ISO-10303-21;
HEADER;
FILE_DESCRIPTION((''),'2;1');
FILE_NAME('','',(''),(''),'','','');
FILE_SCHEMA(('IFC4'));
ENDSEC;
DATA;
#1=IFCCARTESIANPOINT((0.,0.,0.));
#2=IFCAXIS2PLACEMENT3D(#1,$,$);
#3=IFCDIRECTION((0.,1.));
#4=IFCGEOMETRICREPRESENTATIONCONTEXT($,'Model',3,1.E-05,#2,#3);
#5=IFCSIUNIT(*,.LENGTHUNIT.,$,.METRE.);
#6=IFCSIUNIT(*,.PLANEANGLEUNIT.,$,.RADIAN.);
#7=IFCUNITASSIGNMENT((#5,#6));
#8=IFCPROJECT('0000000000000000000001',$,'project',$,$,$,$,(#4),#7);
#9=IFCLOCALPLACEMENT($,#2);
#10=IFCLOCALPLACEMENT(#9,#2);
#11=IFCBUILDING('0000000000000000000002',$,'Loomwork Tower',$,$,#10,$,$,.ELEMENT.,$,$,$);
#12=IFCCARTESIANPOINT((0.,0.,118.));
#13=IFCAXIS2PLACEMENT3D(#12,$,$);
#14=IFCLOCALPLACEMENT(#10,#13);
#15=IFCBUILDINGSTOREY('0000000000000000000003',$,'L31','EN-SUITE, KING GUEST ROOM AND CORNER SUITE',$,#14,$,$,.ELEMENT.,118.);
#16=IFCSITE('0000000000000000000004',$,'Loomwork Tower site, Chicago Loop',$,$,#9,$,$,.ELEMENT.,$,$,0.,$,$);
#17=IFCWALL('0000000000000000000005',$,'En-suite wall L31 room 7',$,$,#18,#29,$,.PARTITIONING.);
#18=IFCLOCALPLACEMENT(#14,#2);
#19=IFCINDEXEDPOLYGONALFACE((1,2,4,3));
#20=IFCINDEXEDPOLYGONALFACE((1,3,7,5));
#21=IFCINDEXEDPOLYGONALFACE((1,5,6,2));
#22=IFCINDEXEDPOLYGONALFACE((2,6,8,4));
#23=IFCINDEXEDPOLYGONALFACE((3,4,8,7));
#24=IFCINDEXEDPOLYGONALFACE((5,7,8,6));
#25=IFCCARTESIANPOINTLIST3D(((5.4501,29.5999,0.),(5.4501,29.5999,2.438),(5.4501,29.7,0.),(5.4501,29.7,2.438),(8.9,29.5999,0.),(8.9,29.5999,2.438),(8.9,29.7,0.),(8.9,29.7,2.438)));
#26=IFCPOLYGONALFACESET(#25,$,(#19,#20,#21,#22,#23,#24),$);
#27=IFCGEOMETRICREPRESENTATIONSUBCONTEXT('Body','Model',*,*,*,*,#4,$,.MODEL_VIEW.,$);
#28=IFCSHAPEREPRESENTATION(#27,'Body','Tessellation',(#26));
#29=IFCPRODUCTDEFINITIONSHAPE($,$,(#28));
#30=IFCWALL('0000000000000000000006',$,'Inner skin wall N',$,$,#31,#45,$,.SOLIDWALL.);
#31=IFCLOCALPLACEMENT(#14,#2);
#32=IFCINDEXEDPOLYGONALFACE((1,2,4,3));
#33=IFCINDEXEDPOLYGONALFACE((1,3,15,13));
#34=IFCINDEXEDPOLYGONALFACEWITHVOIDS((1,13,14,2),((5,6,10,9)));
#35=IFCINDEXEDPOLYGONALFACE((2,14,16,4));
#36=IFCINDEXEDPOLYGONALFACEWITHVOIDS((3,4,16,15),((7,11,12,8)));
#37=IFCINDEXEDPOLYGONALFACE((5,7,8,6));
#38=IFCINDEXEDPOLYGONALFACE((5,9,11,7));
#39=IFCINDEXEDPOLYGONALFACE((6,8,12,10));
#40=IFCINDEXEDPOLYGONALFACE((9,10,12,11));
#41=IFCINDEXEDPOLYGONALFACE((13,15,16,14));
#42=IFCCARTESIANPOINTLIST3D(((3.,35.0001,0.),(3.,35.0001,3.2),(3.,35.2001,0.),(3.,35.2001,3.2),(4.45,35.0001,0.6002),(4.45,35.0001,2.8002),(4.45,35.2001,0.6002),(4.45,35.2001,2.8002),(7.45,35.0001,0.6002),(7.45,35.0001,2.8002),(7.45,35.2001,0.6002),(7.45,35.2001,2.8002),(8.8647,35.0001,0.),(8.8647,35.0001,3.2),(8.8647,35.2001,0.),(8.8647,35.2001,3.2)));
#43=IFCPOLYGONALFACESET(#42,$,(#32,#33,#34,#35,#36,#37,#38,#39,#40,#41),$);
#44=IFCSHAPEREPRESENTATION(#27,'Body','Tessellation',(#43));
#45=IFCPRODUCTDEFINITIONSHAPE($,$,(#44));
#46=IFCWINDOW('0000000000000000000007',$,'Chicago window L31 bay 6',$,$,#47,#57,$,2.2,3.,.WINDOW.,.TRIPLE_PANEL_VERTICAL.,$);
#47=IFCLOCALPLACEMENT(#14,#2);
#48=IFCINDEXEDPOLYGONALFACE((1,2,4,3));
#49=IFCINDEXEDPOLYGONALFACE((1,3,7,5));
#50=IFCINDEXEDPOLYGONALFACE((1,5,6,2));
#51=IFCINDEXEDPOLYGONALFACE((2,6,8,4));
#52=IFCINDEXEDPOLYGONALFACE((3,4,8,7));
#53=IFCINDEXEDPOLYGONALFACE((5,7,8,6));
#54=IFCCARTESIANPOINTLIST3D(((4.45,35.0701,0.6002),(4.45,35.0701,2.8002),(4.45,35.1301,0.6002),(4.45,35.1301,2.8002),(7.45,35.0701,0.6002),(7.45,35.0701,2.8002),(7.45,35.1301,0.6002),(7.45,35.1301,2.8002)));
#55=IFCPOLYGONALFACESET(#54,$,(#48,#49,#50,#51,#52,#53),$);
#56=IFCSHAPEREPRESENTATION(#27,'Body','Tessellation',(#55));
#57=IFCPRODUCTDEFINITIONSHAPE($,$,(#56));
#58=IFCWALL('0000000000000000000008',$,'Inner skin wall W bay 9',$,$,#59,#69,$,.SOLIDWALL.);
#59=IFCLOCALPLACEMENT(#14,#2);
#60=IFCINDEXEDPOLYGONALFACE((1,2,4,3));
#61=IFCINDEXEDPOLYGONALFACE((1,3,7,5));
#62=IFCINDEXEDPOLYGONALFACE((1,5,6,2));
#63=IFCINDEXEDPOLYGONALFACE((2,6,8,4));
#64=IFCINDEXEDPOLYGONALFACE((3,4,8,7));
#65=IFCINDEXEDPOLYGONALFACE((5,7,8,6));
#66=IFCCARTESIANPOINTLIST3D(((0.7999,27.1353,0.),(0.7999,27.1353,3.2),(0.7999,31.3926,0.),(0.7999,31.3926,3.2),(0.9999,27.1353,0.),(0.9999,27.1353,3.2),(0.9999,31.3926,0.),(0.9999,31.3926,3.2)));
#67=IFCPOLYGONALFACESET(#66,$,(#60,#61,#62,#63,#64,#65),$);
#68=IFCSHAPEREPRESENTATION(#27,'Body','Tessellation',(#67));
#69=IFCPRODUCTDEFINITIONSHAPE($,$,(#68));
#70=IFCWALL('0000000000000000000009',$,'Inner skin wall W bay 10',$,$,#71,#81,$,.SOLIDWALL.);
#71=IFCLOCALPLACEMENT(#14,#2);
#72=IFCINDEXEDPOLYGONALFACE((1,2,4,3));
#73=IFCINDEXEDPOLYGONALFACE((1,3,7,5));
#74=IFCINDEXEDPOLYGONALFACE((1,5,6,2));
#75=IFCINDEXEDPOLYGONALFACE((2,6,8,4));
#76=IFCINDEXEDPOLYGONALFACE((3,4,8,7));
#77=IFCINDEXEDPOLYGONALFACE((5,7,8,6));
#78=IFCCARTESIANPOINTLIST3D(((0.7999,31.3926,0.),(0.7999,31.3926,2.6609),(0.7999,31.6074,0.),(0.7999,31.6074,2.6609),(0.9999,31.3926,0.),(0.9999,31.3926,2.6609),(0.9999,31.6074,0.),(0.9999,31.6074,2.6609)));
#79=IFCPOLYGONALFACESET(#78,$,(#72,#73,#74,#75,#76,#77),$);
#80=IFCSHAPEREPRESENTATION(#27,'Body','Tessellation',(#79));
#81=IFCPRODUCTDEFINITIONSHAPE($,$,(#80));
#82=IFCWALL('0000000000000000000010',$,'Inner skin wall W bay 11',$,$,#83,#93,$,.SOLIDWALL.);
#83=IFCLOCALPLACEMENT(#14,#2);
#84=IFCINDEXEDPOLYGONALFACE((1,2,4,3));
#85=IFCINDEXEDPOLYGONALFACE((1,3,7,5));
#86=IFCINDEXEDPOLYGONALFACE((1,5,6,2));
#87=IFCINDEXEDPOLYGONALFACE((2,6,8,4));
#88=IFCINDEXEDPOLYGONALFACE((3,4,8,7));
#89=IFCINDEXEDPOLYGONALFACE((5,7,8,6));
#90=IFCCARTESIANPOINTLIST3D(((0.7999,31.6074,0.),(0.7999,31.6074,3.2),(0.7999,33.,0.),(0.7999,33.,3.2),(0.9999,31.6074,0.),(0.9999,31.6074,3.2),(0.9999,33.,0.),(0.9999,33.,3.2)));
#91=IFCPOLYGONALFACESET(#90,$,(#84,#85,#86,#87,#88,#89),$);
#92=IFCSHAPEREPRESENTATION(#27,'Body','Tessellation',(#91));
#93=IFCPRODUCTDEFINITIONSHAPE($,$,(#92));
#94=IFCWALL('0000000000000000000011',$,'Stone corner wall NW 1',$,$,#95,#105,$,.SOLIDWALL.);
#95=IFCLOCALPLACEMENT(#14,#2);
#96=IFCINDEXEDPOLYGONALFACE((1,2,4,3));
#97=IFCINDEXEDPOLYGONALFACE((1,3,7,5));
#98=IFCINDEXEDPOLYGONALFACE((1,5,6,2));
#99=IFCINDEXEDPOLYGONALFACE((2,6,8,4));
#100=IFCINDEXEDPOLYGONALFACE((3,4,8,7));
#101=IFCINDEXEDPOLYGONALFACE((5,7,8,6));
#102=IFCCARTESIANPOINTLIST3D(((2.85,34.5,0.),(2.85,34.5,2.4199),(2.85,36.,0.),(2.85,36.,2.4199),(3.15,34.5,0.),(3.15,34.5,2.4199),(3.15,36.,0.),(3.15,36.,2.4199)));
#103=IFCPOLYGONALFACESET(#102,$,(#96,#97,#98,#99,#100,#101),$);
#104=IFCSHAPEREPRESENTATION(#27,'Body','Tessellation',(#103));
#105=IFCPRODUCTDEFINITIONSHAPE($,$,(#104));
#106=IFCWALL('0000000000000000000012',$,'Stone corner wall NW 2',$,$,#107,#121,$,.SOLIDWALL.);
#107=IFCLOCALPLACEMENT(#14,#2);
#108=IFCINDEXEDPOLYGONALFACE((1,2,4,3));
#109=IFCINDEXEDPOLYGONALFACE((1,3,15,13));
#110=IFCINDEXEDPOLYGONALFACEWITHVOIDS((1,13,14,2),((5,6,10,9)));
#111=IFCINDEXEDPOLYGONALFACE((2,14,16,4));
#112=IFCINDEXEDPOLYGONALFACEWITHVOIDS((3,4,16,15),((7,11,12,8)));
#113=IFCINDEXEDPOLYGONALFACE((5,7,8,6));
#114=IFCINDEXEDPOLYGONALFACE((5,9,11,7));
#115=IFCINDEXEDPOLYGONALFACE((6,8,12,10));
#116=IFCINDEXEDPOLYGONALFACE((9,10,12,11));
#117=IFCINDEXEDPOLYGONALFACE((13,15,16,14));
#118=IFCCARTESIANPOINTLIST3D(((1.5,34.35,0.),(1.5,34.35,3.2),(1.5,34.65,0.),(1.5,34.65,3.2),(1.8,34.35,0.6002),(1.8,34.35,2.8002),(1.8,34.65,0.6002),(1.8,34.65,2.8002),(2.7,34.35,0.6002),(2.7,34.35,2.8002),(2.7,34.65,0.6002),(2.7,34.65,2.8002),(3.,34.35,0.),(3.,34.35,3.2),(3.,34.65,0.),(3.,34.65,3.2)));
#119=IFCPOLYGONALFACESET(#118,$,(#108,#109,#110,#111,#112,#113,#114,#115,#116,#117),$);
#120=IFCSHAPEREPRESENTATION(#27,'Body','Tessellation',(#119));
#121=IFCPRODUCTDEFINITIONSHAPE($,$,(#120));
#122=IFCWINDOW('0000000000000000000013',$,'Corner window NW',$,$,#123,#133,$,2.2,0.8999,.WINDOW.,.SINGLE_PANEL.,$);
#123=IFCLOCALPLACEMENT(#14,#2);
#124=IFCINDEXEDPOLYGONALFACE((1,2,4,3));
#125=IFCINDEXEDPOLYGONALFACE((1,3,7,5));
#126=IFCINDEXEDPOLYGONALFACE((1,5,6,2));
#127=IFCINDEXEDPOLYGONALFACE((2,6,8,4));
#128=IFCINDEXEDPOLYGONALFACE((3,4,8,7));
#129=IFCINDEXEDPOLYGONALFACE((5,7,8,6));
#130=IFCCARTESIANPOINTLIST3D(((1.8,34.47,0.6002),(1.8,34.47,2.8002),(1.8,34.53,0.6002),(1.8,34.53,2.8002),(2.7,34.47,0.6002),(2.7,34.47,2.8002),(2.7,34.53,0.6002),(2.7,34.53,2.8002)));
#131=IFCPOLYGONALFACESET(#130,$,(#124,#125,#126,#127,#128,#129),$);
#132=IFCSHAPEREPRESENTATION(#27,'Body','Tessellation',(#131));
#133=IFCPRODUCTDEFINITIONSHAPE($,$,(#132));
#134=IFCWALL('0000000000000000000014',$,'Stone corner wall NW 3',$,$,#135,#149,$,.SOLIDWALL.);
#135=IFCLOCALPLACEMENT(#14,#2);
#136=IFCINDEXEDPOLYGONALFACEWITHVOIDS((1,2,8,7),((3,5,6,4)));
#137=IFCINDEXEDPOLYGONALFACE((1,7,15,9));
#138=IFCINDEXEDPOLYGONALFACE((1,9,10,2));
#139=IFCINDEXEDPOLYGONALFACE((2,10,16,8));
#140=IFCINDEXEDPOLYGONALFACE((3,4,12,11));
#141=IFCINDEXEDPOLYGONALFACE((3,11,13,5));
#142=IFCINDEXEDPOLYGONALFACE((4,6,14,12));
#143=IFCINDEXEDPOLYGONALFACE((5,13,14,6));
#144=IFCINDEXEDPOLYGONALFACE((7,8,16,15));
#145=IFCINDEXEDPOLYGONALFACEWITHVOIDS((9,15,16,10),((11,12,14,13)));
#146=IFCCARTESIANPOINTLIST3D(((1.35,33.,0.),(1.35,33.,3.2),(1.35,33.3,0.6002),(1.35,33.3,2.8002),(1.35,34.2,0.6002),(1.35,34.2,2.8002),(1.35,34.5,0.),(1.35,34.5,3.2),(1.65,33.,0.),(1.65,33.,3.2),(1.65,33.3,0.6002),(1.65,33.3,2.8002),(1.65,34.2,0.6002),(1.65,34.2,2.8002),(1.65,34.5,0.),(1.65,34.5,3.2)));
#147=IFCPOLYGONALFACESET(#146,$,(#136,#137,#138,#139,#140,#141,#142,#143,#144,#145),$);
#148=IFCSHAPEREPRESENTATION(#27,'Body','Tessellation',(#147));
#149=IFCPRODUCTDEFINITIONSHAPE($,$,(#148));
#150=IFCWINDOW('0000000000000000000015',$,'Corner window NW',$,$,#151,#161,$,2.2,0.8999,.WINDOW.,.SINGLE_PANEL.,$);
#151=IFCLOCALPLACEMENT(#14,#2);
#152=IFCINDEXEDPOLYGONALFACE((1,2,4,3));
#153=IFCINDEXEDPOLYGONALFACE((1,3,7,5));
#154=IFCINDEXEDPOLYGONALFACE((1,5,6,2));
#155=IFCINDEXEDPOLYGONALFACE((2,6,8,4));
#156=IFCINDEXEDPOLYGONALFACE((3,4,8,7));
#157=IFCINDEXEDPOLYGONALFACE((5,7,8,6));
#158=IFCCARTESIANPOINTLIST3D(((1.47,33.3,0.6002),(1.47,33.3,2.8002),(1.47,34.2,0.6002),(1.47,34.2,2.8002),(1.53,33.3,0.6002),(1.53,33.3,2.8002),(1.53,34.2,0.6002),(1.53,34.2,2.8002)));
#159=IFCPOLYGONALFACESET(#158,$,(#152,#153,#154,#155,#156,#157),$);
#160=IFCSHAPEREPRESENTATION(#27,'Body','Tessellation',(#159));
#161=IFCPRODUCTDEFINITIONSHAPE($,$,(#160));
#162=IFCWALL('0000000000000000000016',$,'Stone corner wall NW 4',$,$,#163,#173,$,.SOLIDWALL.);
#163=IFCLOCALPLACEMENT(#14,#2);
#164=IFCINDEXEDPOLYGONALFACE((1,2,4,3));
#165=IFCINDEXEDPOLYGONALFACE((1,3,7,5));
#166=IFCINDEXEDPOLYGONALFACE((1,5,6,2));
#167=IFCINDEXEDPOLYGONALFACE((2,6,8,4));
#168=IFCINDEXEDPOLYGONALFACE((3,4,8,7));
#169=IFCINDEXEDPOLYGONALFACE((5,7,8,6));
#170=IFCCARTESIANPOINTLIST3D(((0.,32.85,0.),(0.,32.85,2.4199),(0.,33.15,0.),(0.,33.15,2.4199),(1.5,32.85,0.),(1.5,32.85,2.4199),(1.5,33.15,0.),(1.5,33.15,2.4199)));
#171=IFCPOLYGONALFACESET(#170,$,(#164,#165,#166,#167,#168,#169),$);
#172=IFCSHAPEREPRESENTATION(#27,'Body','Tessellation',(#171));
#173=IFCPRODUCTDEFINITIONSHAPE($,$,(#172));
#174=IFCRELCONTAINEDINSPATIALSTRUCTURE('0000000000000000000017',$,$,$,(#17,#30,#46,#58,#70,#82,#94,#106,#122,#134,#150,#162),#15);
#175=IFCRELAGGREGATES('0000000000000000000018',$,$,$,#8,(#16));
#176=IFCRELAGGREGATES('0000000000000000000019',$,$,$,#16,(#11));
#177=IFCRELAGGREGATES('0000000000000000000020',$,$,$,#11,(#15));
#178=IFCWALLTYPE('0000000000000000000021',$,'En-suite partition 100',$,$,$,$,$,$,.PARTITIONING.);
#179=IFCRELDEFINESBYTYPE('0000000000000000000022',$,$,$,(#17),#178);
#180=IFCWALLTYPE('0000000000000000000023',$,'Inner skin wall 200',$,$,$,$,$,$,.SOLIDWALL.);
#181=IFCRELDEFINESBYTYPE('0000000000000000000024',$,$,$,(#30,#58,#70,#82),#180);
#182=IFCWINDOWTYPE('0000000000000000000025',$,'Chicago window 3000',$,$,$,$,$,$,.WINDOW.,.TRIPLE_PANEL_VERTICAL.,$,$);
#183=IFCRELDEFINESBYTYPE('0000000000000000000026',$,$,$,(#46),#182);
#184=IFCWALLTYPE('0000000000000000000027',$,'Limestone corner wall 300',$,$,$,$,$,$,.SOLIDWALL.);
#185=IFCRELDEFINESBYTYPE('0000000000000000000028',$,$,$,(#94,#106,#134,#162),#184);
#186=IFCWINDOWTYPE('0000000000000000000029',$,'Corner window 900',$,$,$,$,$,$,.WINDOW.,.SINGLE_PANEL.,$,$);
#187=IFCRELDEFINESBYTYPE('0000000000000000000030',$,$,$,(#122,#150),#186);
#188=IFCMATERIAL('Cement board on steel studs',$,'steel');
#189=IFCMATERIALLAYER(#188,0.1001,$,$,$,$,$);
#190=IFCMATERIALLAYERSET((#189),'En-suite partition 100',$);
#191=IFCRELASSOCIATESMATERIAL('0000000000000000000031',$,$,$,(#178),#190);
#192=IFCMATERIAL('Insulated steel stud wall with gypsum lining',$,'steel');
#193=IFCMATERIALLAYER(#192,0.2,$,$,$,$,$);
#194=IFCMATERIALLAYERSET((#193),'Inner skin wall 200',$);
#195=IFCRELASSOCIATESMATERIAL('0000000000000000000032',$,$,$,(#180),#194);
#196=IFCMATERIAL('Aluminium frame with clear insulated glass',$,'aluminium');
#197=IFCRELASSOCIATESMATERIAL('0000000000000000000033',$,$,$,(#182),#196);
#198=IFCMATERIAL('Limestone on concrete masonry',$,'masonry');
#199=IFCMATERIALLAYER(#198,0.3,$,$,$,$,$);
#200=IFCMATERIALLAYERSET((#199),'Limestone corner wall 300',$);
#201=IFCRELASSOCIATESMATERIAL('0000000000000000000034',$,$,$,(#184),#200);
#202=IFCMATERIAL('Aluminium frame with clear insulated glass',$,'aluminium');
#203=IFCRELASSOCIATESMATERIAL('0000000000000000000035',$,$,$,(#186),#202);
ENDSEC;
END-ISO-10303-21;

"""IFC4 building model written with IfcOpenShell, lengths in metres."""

from ifc_helpers import new_model, si_unit, direction, frame, frame_2d, origin, place, context, subcontext, project, spatial, rectangle, extrude, material, layer, layer_set, type_object, element, fill, save


model = new_model("IFC4")

# Units and contexts
model_context = context("Model", 3, precision=1e-05, world=origin(), true_north=direction((0.0, 1.0)))
body_context = subcontext(model_context, "Body", "Model", "MODEL_VIEW")
ifc_project = project(units=[si_unit("LENGTHUNIT", "METRE"), si_unit("PLANEANGLEUNIT", "RADIAN")], contexts=[model_context])

# Site, building, storey
site_placement = place(None, origin())
site = spatial("IfcSite", under=ifc_project, at=site_placement, Name="Loomwork Tower site, Chicago Loop", CompositionType="ELEMENT", RefElevation=0.0)
building_placement = place(site_placement, origin())
building = spatial("IfcBuilding", under=site, at=building_placement, Name="Loomwork Tower", CompositionType="ELEMENT")
storey_placement = place(building_placement, frame((0.0, 0.0, 118.0)))
storey = spatial("IfcBuildingStorey", under=building, at=storey_placement, Name="L31", Description="EN-SUITE, KING GUEST ROOM AND CORNER SUITE", CompositionType="ELEMENT", Elevation=118.0)

# Wall
ifc_material_1 = material(Name="Cement board on steel studs", Category="steel")
ifc_layer_1 = layer(ifc_material_1, 0.1001)
ifc_layer_set_1 = layer_set([ifc_layer_1], Name="En-suite partition 100")
wall_type_1 = type_object("IfcWallType", Name="En-suite partition 100", PredefinedType="PARTITIONING", material=ifc_layer_set_1)
wall_1_placement = place(storey_placement, frame((5.45, 29.6499, 0.0), z_axis=(0.0, 0.0, 1.0), x_axis=(1.0, 0.0, 0.0)))
element("IfcWall", 1, at=wall_1_placement, inside=storey, type_object=wall_type_1, Name="En-suite wall L31 room 7", PredefinedType="PARTITIONING", context=body_context, shape_type="SweptSolid", body=[
    extrude(rectangle(XDim=3.45, YDim=0.1001, at=frame_2d((1.7251, 0.0))), origin(), (0.0, 0.0, 1.0), 2.438),
])

# Wall, opening, window
ifc_material_2 = material(Name="Insulated steel stud wall with gypsum lining", Category="steel")
ifc_layer_2 = layer(ifc_material_2, 0.2)
ifc_layer_set_2 = layer_set([ifc_layer_2], Name="Inner skin wall 200")
wall_type_2 = type_object("IfcWallType", Name="Inner skin wall 200", PredefinedType="SOLIDWALL", material=ifc_layer_set_2)
wall_2_placement = place(storey_placement, frame((3.0, 35.1001, 0.0), z_axis=(0.0, 0.0, 1.0), x_axis=(1.0, 0.0, 0.0)))
wall_2 = element("IfcWall", 2, at=wall_2_placement, inside=storey, type_object=wall_type_2, Name="Inner skin wall N", PredefinedType="SOLIDWALL", context=body_context, shape_type="SweptSolid", body=[
    extrude(rectangle(XDim=5.8647, YDim=0.2, at=frame_2d((2.9324, 0.0))), origin(), (0.0, 0.0, 1.0), 3.2),
])
opening_1_placement = place(wall_2_placement, frame((1.45, 0.0, 0.6001)))
opening_1 = element("IfcOpeningElement", 3, at=opening_1_placement, cuts=wall_2, PredefinedType="OPENING", context=body_context, shape_type="SweptSolid", body=[
    extrude(rectangle(XDim=3.0, YDim=2.2, at=frame_2d((1.5, 1.1001))), frame((0.0, 0.1099, 0.0), z_axis=(0.0, -1.0, 0.0), x_axis=(1.0, 0.0, 0.0)), (0.0, 0.0, 1.0), 0.22),
])
ifc_material_3 = material(Name="Aluminium frame with clear insulated glass", Category="aluminium")
window_type_1 = type_object("IfcWindowType", Name="Chicago window 3000", PartitioningType="TRIPLE_PANEL_VERTICAL", PredefinedType="WINDOW", material=ifc_material_3)
window_1_placement = place(opening_1_placement, origin())
window_1 = element("IfcWindow", 4, at=window_1_placement, inside=storey, type_object=window_type_1, Name="Chicago window L31 bay 6", OverallHeight=2.2, OverallWidth=3.0, PartitioningType="TRIPLE_PANEL_VERTICAL", PredefinedType="WINDOW", context=body_context, shape_type="SweptSolid", body=[
    extrude(rectangle(XDim=3.0, YDim=2.2, at=frame_2d((1.5, 1.1001))), frame((0.0, 0.03, 0.0), z_axis=(0.0, -1.0, 0.0), x_axis=(1.0, 0.0, 0.0)), (0.0, 0.0, 1.0), 0.0601),
])
fill(opening_1, window_1)

# Walls
wall_3_placement = place(storey_placement, frame((0.8999, 27.1353, 0.0), z_axis=(0.0, 0.0, 1.0), x_axis=(0.0, 1.0, 0.0)))
element("IfcWall", 5, at=wall_3_placement, inside=storey, type_object=wall_type_2, Name="Inner skin wall W bay 9", PredefinedType="SOLIDWALL", context=body_context, shape_type="SweptSolid", body=[
    extrude(rectangle(XDim=4.2573, YDim=0.2, at=frame_2d((2.1287, 0.0))), origin(), (0.0, 0.0, 1.0), 3.2),
])
wall_4_placement = place(storey_placement, frame((0.8999, 31.3926, 0.0), z_axis=(0.0, 0.0, 1.0), x_axis=(0.0, 1.0, 0.0)))
element("IfcWall", 6, at=wall_4_placement, inside=storey, type_object=wall_type_2, Name="Inner skin wall W bay 10", PredefinedType="SOLIDWALL", context=body_context, shape_type="SweptSolid", body=[
    extrude(rectangle(XDim=0.2148, YDim=0.2, at=frame_2d((0.1074, 0.0))), origin(), (0.0, 0.0, 1.0), 2.6609),
])
wall_5_placement = place(storey_placement, frame((0.8999, 31.6074, 0.0), z_axis=(0.0, 0.0, 1.0), x_axis=(0.0, 1.0, 0.0)))
element("IfcWall", 7, at=wall_5_placement, inside=storey, type_object=wall_type_2, Name="Inner skin wall W bay 11", PredefinedType="SOLIDWALL", context=body_context, shape_type="SweptSolid", body=[
    extrude(rectangle(XDim=1.3926, YDim=0.2, at=frame_2d((0.6963, 0.0))), origin(), (0.0, 0.0, 1.0), 3.2),
])
ifc_material_4 = material(Name="Limestone on concrete masonry", Category="masonry")
ifc_layer_3 = layer(ifc_material_4, 0.3)
ifc_layer_set_3 = layer_set([ifc_layer_3], Name="Limestone corner wall 300")
wall_type_3 = type_object("IfcWallType", Name="Limestone corner wall 300", PredefinedType="SOLIDWALL", material=ifc_layer_set_3)
wall_6_placement = place(storey_placement, frame((3.0, 36.0, 0.0), z_axis=(0.0, 0.0, 1.0), x_axis=(0.0, -1.0, 0.0)))
element("IfcWall", 8, at=wall_6_placement, inside=storey, type_object=wall_type_3, Name="Stone corner wall NW 1", PredefinedType="SOLIDWALL", context=body_context, shape_type="SweptSolid", body=[
    extrude(rectangle(XDim=1.5, YDim=0.3, at=frame_2d((0.75, 0.0))), origin(), (0.0, 0.0, 1.0), 2.4199),
])

# Walls, openings, windows
wall_7_placement = place(storey_placement, frame((3.0, 34.5, 0.0), z_axis=(0.0, 0.0, 1.0), x_axis=(-1.0, 0.0, 0.0)))
wall_7 = element("IfcWall", 9, at=wall_7_placement, inside=storey, type_object=wall_type_3, Name="Stone corner wall NW 2", PredefinedType="SOLIDWALL", context=body_context, shape_type="SweptSolid", body=[
    extrude(rectangle(XDim=1.5, YDim=0.3, at=frame_2d((0.75, 0.0))), origin(), (0.0, 0.0, 1.0), 3.2),
])
opening_2_placement = place(wall_7_placement, frame((0.3, 0.0, 0.6001)))
opening_2 = element("IfcOpeningElement", 10, at=opening_2_placement, cuts=wall_7, PredefinedType="OPENING", context=body_context, shape_type="SweptSolid", body=[
    extrude(rectangle(XDim=0.8999, YDim=2.2, at=frame_2d((0.45, 1.1001))), frame((0.0, 0.1599, 0.0), z_axis=(0.0, -1.0, 0.0), x_axis=(1.0, 0.0, 0.0)), (0.0, 0.0, 1.0), 0.3201),
])
ifc_material_5 = material(Name="Aluminium frame with clear insulated glass", Category="aluminium")
window_type_2 = type_object("IfcWindowType", Name="Corner window 900", PartitioningType="SINGLE_PANEL", PredefinedType="WINDOW", material=ifc_material_5)
window_2_placement = place(opening_2_placement, origin())
window_2 = element("IfcWindow", 11, at=window_2_placement, inside=storey, type_object=window_type_2, Name="Corner window NW", OverallHeight=2.2, OverallWidth=0.8999, PartitioningType="SINGLE_PANEL", PredefinedType="WINDOW", context=body_context, shape_type="SweptSolid", body=[
    extrude(rectangle(XDim=0.8999, YDim=2.2, at=frame_2d((0.45, 1.1001))), frame((0.0, 0.03, 0.0), z_axis=(0.0, -1.0, 0.0), x_axis=(1.0, 0.0, 0.0)), (0.0, 0.0, 1.0), 0.0601),
])
fill(opening_2, window_2)
wall_8_placement = place(storey_placement, frame((1.5, 34.5, 0.0), z_axis=(0.0, 0.0, 1.0), x_axis=(0.0, -1.0, 0.0)))
wall_8 = element("IfcWall", 12, at=wall_8_placement, inside=storey, type_object=wall_type_3, Name="Stone corner wall NW 3", PredefinedType="SOLIDWALL", context=body_context, shape_type="SweptSolid", body=[
    extrude(rectangle(XDim=1.5, YDim=0.3, at=frame_2d((0.75, 0.0))), origin(), (0.0, 0.0, 1.0), 3.2),
])
opening_3_placement = place(wall_8_placement, frame((0.3, 0.0, 0.6001)))
opening_3 = element("IfcOpeningElement", 13, at=opening_3_placement, cuts=wall_8, PredefinedType="OPENING", context=body_context, shape_type="SweptSolid", body=[
    extrude(rectangle(XDim=0.8999, YDim=2.2, at=frame_2d((0.45, 1.1001))), frame((0.0, 0.1599, 0.0), z_axis=(0.0, -1.0, 0.0), x_axis=(1.0, 0.0, 0.0)), (0.0, 0.0, 1.0), 0.3201),
])
window_3_placement = place(opening_3_placement, origin())
window_3 = element("IfcWindow", 14, at=window_3_placement, inside=storey, type_object=window_type_2, Name="Corner window NW", OverallHeight=2.2, OverallWidth=0.8999, PartitioningType="SINGLE_PANEL", PredefinedType="WINDOW", context=body_context, shape_type="SweptSolid", body=[
    extrude(rectangle(XDim=0.8999, YDim=2.2, at=frame_2d((0.45, 1.1001))), frame((0.0, 0.03, 0.0), z_axis=(0.0, -1.0, 0.0), x_axis=(1.0, 0.0, 0.0)), (0.0, 0.0, 1.0), 0.0601),
])
fill(opening_3, window_3)

# Wall
wall_9_placement = place(storey_placement, frame((1.5, 33.0, 0.0), z_axis=(0.0, 0.0, 1.0), x_axis=(-1.0, 0.0, 0.0)))
element("IfcWall", 15, at=wall_9_placement, inside=storey, type_object=wall_type_3, Name="Stone corner wall NW 4", PredefinedType="SOLIDWALL", context=body_context, shape_type="SweptSolid", body=[
    extrude(rectangle(XDim=1.5, YDim=0.3, at=frame_2d((0.75, 0.0))), origin(), (0.0, 0.0, 1.0), 2.4199),
])

save(model, "model.ifc")
